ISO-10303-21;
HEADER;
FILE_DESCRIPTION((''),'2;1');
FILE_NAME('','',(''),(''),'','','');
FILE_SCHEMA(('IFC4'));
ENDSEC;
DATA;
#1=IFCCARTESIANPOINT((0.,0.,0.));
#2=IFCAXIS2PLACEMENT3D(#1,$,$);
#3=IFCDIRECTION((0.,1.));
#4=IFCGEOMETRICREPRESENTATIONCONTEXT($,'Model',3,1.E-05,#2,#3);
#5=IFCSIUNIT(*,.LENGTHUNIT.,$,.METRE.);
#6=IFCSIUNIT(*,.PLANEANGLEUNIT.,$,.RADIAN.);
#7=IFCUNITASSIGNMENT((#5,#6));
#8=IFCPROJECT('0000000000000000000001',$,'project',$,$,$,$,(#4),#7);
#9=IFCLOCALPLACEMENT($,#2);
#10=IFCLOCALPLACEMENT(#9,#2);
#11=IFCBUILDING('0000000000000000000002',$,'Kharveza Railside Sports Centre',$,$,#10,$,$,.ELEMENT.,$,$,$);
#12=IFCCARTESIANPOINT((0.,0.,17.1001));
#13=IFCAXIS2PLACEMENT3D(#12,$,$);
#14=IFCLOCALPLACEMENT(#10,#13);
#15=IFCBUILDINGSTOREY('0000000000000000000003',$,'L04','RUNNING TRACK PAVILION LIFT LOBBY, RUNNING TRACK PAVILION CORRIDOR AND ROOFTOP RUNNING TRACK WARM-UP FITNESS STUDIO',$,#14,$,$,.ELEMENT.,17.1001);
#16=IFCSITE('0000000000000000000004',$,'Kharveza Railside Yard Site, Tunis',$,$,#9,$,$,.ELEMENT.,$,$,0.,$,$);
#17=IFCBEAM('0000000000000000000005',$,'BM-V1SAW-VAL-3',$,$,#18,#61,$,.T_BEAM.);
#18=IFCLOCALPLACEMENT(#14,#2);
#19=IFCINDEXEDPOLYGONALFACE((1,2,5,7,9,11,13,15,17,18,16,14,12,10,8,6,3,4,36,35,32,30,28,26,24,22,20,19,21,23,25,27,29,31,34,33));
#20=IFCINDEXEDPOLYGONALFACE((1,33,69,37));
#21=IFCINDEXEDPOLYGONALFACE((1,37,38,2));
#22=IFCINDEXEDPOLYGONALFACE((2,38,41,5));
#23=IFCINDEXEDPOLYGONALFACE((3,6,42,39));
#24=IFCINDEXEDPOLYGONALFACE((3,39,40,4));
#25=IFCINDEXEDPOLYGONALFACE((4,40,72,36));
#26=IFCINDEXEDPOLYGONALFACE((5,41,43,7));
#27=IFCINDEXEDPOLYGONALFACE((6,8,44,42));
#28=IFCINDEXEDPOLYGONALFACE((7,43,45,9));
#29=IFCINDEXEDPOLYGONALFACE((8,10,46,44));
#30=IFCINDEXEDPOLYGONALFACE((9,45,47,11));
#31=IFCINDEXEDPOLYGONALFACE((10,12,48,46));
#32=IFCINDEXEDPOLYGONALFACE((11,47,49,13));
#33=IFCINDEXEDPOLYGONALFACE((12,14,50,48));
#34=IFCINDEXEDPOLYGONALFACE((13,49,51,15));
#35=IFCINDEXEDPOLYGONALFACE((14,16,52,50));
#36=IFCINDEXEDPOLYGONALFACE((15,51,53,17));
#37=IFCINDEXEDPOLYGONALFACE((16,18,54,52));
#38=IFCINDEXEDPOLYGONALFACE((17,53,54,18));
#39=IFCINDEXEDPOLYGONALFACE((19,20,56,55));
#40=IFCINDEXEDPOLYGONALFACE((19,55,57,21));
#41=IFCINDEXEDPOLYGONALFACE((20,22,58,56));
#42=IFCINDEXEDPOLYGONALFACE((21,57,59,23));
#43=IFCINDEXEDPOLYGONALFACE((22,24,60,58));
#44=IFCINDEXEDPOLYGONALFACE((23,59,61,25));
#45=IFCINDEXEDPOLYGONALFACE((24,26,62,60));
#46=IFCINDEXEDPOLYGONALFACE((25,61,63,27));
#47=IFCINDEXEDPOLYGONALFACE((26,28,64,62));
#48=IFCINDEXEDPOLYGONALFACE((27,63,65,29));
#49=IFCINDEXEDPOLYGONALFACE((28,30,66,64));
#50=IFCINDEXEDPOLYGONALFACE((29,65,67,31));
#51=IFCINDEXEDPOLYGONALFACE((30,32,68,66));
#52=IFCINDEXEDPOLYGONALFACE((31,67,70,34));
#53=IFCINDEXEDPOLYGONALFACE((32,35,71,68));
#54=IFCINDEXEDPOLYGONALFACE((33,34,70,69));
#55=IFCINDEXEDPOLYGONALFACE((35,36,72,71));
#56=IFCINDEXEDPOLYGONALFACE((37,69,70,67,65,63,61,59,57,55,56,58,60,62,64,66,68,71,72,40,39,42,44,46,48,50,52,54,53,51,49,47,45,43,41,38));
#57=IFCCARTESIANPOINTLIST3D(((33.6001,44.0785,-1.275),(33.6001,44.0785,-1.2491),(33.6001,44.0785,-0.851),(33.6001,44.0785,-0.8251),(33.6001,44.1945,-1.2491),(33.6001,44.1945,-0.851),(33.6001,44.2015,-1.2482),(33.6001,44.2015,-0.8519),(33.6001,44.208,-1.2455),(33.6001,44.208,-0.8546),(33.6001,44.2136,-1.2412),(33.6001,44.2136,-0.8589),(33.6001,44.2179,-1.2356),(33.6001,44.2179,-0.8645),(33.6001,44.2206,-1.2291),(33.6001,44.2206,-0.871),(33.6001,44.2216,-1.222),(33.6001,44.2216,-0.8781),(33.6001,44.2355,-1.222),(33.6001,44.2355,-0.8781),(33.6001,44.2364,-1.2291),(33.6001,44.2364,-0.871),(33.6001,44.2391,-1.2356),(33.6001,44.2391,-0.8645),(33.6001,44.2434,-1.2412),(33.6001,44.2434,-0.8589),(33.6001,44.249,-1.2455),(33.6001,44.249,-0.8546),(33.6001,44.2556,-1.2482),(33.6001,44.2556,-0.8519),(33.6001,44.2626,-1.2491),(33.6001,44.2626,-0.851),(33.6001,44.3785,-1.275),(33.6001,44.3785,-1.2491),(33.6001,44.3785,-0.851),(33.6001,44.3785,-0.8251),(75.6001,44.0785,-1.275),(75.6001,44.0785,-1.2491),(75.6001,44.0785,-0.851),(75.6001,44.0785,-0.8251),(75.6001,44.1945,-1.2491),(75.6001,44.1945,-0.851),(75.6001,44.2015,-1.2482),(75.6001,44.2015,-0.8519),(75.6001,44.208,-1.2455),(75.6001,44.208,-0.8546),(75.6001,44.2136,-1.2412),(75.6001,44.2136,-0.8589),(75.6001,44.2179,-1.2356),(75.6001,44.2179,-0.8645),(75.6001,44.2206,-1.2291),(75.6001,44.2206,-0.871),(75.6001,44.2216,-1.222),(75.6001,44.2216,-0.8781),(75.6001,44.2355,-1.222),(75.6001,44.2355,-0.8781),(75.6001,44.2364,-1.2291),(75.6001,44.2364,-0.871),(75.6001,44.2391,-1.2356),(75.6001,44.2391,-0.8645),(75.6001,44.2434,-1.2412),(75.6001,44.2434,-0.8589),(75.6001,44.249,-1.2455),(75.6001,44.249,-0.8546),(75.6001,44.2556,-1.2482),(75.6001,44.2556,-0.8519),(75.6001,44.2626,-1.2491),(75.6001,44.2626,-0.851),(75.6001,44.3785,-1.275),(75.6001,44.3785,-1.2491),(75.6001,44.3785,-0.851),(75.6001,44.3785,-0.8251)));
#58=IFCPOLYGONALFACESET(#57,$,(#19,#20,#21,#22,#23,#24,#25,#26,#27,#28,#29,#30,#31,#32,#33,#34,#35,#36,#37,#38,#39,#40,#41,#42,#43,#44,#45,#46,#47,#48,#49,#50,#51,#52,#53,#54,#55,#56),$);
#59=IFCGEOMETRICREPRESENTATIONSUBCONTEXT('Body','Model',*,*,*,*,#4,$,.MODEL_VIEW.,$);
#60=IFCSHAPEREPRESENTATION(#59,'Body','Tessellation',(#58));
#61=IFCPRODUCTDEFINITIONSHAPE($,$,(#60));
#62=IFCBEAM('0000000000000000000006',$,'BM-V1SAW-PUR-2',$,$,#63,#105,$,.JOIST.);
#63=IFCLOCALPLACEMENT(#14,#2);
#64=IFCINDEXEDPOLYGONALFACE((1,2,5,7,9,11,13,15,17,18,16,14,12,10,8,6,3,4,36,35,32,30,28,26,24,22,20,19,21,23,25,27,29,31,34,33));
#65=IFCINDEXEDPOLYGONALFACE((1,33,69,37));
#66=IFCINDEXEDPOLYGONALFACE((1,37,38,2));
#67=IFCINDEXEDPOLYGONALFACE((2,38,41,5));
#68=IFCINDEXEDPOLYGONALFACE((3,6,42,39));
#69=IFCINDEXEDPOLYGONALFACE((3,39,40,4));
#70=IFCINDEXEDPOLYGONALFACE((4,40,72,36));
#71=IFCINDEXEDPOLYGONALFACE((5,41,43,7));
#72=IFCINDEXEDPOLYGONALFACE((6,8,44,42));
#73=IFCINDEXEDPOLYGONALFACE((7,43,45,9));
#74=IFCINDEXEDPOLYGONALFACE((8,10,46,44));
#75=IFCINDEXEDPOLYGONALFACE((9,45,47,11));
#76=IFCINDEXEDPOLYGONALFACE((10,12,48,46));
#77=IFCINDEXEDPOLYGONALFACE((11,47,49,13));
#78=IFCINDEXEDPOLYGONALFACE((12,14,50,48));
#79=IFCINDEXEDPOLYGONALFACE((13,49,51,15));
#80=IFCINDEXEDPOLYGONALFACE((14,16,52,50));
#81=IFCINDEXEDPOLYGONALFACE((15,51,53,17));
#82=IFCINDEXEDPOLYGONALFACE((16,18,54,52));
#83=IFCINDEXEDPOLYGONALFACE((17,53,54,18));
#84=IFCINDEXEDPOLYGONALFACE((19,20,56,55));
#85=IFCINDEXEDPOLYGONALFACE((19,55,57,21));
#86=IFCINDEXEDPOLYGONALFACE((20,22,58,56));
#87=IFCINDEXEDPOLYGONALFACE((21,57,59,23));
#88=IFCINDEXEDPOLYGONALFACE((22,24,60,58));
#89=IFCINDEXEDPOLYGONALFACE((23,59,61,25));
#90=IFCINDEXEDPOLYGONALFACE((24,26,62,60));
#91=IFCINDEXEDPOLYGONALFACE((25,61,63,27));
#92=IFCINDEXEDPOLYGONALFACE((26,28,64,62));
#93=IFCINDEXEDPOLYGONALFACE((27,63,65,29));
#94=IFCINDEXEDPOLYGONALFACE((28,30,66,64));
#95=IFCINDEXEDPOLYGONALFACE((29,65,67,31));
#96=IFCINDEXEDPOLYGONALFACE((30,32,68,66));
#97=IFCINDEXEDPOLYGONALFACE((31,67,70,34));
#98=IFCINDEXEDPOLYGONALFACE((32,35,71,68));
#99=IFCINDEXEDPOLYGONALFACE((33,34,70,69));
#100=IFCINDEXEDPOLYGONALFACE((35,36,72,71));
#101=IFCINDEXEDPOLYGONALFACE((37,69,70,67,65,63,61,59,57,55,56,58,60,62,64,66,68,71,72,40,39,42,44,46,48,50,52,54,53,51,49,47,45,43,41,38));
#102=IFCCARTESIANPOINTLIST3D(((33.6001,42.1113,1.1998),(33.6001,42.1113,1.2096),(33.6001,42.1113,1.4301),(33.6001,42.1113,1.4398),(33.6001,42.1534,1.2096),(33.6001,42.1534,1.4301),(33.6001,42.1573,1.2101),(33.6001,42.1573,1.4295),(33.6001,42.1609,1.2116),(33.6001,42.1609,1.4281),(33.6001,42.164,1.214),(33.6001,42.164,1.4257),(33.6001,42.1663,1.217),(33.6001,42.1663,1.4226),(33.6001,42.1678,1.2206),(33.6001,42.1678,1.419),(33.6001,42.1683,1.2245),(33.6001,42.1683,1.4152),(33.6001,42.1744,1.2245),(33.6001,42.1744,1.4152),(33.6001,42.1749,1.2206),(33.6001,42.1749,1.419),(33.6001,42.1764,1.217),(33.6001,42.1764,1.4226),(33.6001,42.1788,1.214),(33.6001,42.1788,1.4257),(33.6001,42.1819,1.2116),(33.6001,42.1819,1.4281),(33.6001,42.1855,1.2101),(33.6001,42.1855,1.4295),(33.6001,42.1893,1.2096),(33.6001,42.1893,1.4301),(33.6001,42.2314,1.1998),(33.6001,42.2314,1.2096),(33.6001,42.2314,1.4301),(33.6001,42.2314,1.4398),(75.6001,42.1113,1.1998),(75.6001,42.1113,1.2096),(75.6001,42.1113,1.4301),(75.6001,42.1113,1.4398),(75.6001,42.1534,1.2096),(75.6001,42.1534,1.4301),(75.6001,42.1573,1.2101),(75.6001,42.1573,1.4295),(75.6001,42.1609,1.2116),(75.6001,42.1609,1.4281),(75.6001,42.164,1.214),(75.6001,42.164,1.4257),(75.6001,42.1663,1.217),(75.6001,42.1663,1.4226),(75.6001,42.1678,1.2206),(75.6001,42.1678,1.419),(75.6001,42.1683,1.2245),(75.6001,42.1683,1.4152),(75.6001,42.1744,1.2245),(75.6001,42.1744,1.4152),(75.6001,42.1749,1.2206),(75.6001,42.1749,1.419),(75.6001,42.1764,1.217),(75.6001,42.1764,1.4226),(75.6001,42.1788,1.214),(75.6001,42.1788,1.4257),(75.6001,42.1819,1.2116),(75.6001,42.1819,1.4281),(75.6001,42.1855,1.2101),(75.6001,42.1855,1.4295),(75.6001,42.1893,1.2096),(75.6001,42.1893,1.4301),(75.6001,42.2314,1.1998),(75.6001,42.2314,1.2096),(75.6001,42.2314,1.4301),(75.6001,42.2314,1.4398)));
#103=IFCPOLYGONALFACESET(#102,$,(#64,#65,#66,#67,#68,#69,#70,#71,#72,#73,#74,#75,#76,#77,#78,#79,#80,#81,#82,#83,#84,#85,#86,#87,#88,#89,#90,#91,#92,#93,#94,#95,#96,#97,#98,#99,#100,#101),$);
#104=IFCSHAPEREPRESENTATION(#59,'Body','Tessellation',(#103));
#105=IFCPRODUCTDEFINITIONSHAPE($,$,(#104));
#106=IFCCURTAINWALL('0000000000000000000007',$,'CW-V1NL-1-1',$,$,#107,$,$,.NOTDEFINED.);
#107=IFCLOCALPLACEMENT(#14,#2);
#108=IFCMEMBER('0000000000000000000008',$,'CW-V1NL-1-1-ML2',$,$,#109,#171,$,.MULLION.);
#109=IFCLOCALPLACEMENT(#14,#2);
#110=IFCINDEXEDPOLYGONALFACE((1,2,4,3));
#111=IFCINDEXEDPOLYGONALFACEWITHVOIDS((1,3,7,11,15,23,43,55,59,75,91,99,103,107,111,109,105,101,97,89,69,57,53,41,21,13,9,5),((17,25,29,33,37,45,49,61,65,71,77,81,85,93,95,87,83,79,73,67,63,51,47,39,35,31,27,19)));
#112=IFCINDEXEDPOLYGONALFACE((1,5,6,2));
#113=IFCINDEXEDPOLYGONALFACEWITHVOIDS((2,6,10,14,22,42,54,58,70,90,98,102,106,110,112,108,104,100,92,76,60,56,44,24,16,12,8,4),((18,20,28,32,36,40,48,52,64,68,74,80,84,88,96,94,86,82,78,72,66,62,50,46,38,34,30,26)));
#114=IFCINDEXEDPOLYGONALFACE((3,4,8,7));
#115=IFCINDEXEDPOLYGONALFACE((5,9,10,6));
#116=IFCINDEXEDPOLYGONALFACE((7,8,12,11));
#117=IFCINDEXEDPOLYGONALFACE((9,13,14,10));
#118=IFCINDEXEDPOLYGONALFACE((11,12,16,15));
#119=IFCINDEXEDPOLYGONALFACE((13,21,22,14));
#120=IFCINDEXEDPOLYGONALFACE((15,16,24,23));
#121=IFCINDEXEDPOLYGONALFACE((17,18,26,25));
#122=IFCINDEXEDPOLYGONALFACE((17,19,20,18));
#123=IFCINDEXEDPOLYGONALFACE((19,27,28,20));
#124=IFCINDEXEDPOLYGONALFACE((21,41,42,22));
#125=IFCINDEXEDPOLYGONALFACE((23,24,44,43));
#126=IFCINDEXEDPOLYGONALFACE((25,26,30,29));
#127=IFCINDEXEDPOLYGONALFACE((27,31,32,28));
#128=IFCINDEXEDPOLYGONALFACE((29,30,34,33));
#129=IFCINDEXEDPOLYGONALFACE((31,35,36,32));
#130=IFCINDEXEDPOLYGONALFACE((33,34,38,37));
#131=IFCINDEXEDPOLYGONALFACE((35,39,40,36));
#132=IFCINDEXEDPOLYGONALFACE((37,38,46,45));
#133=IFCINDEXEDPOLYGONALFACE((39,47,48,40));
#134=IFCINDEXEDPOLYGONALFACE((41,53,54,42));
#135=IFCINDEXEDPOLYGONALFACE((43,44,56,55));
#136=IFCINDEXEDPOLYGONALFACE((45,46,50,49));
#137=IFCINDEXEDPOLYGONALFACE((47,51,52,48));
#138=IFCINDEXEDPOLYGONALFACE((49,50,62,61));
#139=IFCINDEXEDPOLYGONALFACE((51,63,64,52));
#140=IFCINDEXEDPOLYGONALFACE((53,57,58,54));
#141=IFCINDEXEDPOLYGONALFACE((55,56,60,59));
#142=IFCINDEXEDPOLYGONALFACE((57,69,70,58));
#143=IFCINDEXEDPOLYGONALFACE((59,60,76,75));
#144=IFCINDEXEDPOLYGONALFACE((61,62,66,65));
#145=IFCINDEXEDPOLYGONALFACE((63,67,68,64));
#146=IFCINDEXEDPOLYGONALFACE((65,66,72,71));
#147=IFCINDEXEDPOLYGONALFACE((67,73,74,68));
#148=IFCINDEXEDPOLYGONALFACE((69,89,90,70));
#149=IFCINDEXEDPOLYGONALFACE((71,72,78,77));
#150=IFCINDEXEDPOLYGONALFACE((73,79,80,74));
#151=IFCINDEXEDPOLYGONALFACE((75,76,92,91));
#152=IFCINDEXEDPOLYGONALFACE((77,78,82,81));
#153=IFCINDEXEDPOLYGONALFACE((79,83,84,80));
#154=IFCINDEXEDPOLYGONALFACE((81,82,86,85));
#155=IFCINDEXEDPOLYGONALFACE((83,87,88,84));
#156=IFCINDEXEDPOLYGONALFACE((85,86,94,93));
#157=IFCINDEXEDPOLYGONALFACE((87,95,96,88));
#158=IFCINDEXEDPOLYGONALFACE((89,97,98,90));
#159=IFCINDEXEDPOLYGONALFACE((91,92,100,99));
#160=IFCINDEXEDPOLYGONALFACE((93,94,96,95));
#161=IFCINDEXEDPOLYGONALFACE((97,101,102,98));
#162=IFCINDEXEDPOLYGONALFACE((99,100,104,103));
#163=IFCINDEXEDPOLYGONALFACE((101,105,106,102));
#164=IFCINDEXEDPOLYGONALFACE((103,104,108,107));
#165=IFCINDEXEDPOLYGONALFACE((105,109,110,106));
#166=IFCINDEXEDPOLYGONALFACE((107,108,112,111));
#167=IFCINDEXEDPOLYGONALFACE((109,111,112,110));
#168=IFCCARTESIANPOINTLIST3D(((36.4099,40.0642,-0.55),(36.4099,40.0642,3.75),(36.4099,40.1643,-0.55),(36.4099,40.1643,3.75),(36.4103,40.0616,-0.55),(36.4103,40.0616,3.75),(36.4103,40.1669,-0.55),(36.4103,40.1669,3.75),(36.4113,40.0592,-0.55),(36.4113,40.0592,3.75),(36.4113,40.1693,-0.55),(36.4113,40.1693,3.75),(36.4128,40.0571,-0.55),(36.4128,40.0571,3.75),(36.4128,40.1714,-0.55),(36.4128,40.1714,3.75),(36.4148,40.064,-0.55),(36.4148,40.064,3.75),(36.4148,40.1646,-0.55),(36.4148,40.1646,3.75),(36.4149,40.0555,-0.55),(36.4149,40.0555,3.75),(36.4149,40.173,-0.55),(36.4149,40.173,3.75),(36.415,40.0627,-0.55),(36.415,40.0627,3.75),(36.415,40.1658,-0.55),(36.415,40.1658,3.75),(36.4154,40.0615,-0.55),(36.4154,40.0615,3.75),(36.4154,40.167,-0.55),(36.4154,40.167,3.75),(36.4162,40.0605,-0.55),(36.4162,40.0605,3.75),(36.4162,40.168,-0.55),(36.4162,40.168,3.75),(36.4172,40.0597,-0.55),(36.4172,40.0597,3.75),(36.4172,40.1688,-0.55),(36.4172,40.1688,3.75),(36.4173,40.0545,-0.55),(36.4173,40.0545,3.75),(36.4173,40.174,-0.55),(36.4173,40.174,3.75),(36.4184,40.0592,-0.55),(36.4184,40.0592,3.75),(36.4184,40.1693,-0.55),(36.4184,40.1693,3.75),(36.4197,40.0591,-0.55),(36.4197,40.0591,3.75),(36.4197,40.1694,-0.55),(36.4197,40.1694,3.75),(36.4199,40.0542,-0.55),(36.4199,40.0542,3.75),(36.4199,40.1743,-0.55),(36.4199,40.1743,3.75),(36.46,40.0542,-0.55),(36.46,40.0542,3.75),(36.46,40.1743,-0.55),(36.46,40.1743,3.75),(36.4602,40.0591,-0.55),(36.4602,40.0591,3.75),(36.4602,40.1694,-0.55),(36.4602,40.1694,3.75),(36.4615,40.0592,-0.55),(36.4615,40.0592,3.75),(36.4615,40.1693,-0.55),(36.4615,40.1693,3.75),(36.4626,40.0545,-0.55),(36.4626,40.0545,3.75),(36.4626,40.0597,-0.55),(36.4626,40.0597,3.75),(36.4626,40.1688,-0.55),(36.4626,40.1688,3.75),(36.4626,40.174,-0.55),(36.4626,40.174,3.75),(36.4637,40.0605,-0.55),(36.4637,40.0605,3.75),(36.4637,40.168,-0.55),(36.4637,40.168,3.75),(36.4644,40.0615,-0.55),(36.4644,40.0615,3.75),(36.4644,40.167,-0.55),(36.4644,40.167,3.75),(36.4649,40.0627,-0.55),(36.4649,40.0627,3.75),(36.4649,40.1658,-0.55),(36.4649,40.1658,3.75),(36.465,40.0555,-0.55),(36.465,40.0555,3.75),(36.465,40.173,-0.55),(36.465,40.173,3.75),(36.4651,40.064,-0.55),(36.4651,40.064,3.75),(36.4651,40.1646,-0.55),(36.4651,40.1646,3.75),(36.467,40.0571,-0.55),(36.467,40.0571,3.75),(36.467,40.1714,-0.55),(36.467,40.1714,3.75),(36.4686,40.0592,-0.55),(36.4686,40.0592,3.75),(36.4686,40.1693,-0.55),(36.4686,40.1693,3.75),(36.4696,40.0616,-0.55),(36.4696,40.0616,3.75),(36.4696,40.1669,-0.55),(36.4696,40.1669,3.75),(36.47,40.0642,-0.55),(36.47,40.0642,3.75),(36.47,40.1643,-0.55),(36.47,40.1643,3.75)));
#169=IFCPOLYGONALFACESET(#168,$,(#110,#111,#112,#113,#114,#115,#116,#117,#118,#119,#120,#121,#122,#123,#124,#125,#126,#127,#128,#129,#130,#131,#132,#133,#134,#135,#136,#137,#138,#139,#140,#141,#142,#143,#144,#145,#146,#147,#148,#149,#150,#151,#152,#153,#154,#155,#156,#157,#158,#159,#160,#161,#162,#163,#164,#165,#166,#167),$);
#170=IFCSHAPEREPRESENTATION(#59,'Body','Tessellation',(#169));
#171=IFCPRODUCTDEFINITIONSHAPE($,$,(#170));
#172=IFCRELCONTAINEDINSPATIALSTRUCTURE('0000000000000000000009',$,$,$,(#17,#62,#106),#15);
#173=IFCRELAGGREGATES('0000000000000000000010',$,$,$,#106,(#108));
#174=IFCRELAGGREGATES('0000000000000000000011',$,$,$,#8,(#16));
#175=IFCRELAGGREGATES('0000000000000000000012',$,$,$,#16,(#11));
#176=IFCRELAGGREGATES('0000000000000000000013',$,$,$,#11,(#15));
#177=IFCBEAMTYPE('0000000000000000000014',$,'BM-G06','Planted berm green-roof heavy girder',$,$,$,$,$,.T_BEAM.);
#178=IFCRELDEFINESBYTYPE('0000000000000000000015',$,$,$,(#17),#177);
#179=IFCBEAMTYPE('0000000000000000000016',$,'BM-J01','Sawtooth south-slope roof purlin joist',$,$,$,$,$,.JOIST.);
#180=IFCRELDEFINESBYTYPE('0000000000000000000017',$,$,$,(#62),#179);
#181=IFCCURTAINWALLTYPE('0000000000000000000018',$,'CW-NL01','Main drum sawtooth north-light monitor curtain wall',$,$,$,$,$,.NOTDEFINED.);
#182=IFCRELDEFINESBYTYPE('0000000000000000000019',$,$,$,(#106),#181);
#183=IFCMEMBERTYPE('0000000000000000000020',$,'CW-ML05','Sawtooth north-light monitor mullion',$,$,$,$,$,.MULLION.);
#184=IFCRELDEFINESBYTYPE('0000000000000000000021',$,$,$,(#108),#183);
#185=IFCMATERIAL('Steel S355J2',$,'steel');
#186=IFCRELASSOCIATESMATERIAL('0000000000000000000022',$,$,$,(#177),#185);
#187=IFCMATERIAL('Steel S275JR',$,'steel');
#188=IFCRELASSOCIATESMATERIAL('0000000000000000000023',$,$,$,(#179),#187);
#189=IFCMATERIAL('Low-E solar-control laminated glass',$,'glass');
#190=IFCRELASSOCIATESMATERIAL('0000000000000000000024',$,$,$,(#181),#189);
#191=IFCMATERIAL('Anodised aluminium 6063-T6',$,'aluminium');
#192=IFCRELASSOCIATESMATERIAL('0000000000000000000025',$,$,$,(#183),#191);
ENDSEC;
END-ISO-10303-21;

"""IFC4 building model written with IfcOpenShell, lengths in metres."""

from ifc_helpers import new_model, si_unit, direction, frame, origin, origin_2d, place, context, subcontext, project, spatial, hollow_rectangle, i_section, extrude, material, material_profile, profile_set, type_object, element, aggregate, save


model = new_model("IFC4")

# Units and contexts
model_context = context("Model", 3, precision=1e-05, world=origin(), true_north=direction((0.0, 1.0)))
body_context = subcontext(model_context, "Body", "Model", "MODEL_VIEW")
ifc_project = project(units=[si_unit("LENGTHUNIT", "METRE"), si_unit("PLANEANGLEUNIT", "RADIAN")], contexts=[model_context])

# Site, building, storey
site_placement = place(None, origin())
site = spatial("IfcSite", under=ifc_project, at=site_placement, Name="Kharveza Railside Yard Site, Tunis", CompositionType="ELEMENT", RefElevation=0.0)
building_placement = place(site_placement, origin())
building = spatial("IfcBuilding", under=site, at=building_placement, Name="Kharveza Railside Sports Centre", CompositionType="ELEMENT")
storey_placement = place(building_placement, frame((0.0, 0.0, 17.1001)))
storey = spatial("IfcBuildingStorey", under=building, at=storey_placement, Name="L04", Description="RUNNING TRACK PAVILION LIFT LOBBY, RUNNING TRACK PAVILION CORRIDOR AND ROOFTOP RUNNING TRACK WARM-UP FITNESS STUDIO", CompositionType="ELEMENT", Elevation=17.1001)

# Beams
ifc_material_1 = material(Name="Steel S355J2", Category="steel")
ifc_material_profile_1 = material_profile(ifc_material_1, i_section(OverallWidth=0.3, OverallDepth=0.45, WebThickness=0.0139, FlangeThickness=0.0259, FilletRadius=0.0271, at=origin_2d()), Name="HEB 450")
ifc_profile_set_1 = profile_set([ifc_material_profile_1], Name="Steel S355J2")
beam_type_1 = type_object("IfcBeamType", Name="BM-G06", Description="Planted berm green-roof heavy girder", PredefinedType="T_BEAM", material=ifc_profile_set_1)
beam_1_placement = place(storey_placement, frame((33.6001, 44.2285, -1.05), z_axis=(1.0, 0.0, 0.0), x_axis=(0.0, 1.0, 0.0)))
element("IfcBeam", 1, at=beam_1_placement, inside=storey, type_object=beam_type_1, Name="BM-V1SAW-VAL-3", PredefinedType="T_BEAM", context=body_context, shape_type="SweptSolid", body=[
    extrude(i_section(OverallWidth=0.3, OverallDepth=0.45, WebThickness=0.0139, FlangeThickness=0.0259, FilletRadius=0.0271, at=origin_2d()), origin(), (0.0, 0.0, 1.0), 42.0),
])
ifc_material_2 = material(Name="Steel S275JR", Category="steel")
ifc_material_profile_2 = material_profile(ifc_material_2, i_section(OverallWidth=0.1201, OverallDepth=0.24, WebThickness=0.0061, FlangeThickness=0.0098, FilletRadius=0.0149, at=origin_2d()), Name="IPE 240")
ifc_profile_set_2 = profile_set([ifc_material_profile_2], Name="Steel S275JR")
beam_type_2 = type_object("IfcBeamType", Name="BM-J01", Description="Sawtooth south-slope roof purlin joist", PredefinedType="JOIST", material=ifc_profile_set_2)
beam_2_placement = place(storey_placement, frame((33.6001, 42.1714, 1.3198), z_axis=(1.0, 0.0, 0.0), x_axis=(0.0, 1.0, 0.0)))
element("IfcBeam", 2, at=beam_2_placement, inside=storey, type_object=beam_type_2, Name="BM-V1SAW-PUR-2", PredefinedType="JOIST", context=body_context, shape_type="SweptSolid", body=[
    extrude(i_section(OverallWidth=0.1201, OverallDepth=0.24, WebThickness=0.0061, FlangeThickness=0.0098, FilletRadius=0.0149, at=origin_2d()), origin(), (0.0, 0.0, 1.0), 42.0),
])

# Curtain wall, member
ifc_material_3 = material(Name="Low-E solar-control laminated glass", Category="glass")
curtain_wall_type = type_object("IfcCurtainWallType", Name="CW-NL01", Description="Main drum sawtooth north-light monitor curtain wall", PredefinedType="NOTDEFINED", material=ifc_material_3)
curtain_wall_1_placement = place(storey_placement, origin())
curtain_wall_1 = element("IfcCurtainWall", 3, at=curtain_wall_1_placement, inside=storey, type_object=curtain_wall_type, Name="CW-V1NL-1-1", PredefinedType="NOTDEFINED")
ifc_material_4 = material(Name="Anodised aluminium 6063-T6", Category="aluminium")
ifc_material_profile_3 = material_profile(ifc_material_4, hollow_rectangle(XDim=0.0601, YDim=0.1201, WallThickness=0.0049, InnerFilletRadius=0.0049, OuterFilletRadius=0.01, at=origin_2d()), Name="RHS 60x120x5.0")
ifc_profile_set_3 = profile_set([ifc_material_profile_3], Name="Anodised aluminium 6063-T6")
member_type_1 = type_object("IfcMemberType", Name="CW-ML05", Description="Sawtooth north-light monitor mullion", PredefinedType="MULLION", material=ifc_profile_set_3)
member_1_placement = place(storey_placement, frame((36.4399, 40.1143, -0.55), z_axis=(0.0, 0.0, 1.0), x_axis=(1.0, 0.0, 0.0)))
member_1 = element("IfcMember", 4, at=member_1_placement, type_object=member_type_1, Name="CW-V1NL-1-1-ML2", PredefinedType="MULLION", context=body_context, shape_type="SweptSolid", body=[
    extrude(hollow_rectangle(XDim=0.0601, YDim=0.1201, WallThickness=0.0049, InnerFilletRadius=0.0049, OuterFilletRadius=0.01, at=origin_2d()), origin(), (0.0, 0.0, 1.0), 4.3),
])

aggregate(curtain_wall_1, [member_1])

save(model, "model.ifc")
